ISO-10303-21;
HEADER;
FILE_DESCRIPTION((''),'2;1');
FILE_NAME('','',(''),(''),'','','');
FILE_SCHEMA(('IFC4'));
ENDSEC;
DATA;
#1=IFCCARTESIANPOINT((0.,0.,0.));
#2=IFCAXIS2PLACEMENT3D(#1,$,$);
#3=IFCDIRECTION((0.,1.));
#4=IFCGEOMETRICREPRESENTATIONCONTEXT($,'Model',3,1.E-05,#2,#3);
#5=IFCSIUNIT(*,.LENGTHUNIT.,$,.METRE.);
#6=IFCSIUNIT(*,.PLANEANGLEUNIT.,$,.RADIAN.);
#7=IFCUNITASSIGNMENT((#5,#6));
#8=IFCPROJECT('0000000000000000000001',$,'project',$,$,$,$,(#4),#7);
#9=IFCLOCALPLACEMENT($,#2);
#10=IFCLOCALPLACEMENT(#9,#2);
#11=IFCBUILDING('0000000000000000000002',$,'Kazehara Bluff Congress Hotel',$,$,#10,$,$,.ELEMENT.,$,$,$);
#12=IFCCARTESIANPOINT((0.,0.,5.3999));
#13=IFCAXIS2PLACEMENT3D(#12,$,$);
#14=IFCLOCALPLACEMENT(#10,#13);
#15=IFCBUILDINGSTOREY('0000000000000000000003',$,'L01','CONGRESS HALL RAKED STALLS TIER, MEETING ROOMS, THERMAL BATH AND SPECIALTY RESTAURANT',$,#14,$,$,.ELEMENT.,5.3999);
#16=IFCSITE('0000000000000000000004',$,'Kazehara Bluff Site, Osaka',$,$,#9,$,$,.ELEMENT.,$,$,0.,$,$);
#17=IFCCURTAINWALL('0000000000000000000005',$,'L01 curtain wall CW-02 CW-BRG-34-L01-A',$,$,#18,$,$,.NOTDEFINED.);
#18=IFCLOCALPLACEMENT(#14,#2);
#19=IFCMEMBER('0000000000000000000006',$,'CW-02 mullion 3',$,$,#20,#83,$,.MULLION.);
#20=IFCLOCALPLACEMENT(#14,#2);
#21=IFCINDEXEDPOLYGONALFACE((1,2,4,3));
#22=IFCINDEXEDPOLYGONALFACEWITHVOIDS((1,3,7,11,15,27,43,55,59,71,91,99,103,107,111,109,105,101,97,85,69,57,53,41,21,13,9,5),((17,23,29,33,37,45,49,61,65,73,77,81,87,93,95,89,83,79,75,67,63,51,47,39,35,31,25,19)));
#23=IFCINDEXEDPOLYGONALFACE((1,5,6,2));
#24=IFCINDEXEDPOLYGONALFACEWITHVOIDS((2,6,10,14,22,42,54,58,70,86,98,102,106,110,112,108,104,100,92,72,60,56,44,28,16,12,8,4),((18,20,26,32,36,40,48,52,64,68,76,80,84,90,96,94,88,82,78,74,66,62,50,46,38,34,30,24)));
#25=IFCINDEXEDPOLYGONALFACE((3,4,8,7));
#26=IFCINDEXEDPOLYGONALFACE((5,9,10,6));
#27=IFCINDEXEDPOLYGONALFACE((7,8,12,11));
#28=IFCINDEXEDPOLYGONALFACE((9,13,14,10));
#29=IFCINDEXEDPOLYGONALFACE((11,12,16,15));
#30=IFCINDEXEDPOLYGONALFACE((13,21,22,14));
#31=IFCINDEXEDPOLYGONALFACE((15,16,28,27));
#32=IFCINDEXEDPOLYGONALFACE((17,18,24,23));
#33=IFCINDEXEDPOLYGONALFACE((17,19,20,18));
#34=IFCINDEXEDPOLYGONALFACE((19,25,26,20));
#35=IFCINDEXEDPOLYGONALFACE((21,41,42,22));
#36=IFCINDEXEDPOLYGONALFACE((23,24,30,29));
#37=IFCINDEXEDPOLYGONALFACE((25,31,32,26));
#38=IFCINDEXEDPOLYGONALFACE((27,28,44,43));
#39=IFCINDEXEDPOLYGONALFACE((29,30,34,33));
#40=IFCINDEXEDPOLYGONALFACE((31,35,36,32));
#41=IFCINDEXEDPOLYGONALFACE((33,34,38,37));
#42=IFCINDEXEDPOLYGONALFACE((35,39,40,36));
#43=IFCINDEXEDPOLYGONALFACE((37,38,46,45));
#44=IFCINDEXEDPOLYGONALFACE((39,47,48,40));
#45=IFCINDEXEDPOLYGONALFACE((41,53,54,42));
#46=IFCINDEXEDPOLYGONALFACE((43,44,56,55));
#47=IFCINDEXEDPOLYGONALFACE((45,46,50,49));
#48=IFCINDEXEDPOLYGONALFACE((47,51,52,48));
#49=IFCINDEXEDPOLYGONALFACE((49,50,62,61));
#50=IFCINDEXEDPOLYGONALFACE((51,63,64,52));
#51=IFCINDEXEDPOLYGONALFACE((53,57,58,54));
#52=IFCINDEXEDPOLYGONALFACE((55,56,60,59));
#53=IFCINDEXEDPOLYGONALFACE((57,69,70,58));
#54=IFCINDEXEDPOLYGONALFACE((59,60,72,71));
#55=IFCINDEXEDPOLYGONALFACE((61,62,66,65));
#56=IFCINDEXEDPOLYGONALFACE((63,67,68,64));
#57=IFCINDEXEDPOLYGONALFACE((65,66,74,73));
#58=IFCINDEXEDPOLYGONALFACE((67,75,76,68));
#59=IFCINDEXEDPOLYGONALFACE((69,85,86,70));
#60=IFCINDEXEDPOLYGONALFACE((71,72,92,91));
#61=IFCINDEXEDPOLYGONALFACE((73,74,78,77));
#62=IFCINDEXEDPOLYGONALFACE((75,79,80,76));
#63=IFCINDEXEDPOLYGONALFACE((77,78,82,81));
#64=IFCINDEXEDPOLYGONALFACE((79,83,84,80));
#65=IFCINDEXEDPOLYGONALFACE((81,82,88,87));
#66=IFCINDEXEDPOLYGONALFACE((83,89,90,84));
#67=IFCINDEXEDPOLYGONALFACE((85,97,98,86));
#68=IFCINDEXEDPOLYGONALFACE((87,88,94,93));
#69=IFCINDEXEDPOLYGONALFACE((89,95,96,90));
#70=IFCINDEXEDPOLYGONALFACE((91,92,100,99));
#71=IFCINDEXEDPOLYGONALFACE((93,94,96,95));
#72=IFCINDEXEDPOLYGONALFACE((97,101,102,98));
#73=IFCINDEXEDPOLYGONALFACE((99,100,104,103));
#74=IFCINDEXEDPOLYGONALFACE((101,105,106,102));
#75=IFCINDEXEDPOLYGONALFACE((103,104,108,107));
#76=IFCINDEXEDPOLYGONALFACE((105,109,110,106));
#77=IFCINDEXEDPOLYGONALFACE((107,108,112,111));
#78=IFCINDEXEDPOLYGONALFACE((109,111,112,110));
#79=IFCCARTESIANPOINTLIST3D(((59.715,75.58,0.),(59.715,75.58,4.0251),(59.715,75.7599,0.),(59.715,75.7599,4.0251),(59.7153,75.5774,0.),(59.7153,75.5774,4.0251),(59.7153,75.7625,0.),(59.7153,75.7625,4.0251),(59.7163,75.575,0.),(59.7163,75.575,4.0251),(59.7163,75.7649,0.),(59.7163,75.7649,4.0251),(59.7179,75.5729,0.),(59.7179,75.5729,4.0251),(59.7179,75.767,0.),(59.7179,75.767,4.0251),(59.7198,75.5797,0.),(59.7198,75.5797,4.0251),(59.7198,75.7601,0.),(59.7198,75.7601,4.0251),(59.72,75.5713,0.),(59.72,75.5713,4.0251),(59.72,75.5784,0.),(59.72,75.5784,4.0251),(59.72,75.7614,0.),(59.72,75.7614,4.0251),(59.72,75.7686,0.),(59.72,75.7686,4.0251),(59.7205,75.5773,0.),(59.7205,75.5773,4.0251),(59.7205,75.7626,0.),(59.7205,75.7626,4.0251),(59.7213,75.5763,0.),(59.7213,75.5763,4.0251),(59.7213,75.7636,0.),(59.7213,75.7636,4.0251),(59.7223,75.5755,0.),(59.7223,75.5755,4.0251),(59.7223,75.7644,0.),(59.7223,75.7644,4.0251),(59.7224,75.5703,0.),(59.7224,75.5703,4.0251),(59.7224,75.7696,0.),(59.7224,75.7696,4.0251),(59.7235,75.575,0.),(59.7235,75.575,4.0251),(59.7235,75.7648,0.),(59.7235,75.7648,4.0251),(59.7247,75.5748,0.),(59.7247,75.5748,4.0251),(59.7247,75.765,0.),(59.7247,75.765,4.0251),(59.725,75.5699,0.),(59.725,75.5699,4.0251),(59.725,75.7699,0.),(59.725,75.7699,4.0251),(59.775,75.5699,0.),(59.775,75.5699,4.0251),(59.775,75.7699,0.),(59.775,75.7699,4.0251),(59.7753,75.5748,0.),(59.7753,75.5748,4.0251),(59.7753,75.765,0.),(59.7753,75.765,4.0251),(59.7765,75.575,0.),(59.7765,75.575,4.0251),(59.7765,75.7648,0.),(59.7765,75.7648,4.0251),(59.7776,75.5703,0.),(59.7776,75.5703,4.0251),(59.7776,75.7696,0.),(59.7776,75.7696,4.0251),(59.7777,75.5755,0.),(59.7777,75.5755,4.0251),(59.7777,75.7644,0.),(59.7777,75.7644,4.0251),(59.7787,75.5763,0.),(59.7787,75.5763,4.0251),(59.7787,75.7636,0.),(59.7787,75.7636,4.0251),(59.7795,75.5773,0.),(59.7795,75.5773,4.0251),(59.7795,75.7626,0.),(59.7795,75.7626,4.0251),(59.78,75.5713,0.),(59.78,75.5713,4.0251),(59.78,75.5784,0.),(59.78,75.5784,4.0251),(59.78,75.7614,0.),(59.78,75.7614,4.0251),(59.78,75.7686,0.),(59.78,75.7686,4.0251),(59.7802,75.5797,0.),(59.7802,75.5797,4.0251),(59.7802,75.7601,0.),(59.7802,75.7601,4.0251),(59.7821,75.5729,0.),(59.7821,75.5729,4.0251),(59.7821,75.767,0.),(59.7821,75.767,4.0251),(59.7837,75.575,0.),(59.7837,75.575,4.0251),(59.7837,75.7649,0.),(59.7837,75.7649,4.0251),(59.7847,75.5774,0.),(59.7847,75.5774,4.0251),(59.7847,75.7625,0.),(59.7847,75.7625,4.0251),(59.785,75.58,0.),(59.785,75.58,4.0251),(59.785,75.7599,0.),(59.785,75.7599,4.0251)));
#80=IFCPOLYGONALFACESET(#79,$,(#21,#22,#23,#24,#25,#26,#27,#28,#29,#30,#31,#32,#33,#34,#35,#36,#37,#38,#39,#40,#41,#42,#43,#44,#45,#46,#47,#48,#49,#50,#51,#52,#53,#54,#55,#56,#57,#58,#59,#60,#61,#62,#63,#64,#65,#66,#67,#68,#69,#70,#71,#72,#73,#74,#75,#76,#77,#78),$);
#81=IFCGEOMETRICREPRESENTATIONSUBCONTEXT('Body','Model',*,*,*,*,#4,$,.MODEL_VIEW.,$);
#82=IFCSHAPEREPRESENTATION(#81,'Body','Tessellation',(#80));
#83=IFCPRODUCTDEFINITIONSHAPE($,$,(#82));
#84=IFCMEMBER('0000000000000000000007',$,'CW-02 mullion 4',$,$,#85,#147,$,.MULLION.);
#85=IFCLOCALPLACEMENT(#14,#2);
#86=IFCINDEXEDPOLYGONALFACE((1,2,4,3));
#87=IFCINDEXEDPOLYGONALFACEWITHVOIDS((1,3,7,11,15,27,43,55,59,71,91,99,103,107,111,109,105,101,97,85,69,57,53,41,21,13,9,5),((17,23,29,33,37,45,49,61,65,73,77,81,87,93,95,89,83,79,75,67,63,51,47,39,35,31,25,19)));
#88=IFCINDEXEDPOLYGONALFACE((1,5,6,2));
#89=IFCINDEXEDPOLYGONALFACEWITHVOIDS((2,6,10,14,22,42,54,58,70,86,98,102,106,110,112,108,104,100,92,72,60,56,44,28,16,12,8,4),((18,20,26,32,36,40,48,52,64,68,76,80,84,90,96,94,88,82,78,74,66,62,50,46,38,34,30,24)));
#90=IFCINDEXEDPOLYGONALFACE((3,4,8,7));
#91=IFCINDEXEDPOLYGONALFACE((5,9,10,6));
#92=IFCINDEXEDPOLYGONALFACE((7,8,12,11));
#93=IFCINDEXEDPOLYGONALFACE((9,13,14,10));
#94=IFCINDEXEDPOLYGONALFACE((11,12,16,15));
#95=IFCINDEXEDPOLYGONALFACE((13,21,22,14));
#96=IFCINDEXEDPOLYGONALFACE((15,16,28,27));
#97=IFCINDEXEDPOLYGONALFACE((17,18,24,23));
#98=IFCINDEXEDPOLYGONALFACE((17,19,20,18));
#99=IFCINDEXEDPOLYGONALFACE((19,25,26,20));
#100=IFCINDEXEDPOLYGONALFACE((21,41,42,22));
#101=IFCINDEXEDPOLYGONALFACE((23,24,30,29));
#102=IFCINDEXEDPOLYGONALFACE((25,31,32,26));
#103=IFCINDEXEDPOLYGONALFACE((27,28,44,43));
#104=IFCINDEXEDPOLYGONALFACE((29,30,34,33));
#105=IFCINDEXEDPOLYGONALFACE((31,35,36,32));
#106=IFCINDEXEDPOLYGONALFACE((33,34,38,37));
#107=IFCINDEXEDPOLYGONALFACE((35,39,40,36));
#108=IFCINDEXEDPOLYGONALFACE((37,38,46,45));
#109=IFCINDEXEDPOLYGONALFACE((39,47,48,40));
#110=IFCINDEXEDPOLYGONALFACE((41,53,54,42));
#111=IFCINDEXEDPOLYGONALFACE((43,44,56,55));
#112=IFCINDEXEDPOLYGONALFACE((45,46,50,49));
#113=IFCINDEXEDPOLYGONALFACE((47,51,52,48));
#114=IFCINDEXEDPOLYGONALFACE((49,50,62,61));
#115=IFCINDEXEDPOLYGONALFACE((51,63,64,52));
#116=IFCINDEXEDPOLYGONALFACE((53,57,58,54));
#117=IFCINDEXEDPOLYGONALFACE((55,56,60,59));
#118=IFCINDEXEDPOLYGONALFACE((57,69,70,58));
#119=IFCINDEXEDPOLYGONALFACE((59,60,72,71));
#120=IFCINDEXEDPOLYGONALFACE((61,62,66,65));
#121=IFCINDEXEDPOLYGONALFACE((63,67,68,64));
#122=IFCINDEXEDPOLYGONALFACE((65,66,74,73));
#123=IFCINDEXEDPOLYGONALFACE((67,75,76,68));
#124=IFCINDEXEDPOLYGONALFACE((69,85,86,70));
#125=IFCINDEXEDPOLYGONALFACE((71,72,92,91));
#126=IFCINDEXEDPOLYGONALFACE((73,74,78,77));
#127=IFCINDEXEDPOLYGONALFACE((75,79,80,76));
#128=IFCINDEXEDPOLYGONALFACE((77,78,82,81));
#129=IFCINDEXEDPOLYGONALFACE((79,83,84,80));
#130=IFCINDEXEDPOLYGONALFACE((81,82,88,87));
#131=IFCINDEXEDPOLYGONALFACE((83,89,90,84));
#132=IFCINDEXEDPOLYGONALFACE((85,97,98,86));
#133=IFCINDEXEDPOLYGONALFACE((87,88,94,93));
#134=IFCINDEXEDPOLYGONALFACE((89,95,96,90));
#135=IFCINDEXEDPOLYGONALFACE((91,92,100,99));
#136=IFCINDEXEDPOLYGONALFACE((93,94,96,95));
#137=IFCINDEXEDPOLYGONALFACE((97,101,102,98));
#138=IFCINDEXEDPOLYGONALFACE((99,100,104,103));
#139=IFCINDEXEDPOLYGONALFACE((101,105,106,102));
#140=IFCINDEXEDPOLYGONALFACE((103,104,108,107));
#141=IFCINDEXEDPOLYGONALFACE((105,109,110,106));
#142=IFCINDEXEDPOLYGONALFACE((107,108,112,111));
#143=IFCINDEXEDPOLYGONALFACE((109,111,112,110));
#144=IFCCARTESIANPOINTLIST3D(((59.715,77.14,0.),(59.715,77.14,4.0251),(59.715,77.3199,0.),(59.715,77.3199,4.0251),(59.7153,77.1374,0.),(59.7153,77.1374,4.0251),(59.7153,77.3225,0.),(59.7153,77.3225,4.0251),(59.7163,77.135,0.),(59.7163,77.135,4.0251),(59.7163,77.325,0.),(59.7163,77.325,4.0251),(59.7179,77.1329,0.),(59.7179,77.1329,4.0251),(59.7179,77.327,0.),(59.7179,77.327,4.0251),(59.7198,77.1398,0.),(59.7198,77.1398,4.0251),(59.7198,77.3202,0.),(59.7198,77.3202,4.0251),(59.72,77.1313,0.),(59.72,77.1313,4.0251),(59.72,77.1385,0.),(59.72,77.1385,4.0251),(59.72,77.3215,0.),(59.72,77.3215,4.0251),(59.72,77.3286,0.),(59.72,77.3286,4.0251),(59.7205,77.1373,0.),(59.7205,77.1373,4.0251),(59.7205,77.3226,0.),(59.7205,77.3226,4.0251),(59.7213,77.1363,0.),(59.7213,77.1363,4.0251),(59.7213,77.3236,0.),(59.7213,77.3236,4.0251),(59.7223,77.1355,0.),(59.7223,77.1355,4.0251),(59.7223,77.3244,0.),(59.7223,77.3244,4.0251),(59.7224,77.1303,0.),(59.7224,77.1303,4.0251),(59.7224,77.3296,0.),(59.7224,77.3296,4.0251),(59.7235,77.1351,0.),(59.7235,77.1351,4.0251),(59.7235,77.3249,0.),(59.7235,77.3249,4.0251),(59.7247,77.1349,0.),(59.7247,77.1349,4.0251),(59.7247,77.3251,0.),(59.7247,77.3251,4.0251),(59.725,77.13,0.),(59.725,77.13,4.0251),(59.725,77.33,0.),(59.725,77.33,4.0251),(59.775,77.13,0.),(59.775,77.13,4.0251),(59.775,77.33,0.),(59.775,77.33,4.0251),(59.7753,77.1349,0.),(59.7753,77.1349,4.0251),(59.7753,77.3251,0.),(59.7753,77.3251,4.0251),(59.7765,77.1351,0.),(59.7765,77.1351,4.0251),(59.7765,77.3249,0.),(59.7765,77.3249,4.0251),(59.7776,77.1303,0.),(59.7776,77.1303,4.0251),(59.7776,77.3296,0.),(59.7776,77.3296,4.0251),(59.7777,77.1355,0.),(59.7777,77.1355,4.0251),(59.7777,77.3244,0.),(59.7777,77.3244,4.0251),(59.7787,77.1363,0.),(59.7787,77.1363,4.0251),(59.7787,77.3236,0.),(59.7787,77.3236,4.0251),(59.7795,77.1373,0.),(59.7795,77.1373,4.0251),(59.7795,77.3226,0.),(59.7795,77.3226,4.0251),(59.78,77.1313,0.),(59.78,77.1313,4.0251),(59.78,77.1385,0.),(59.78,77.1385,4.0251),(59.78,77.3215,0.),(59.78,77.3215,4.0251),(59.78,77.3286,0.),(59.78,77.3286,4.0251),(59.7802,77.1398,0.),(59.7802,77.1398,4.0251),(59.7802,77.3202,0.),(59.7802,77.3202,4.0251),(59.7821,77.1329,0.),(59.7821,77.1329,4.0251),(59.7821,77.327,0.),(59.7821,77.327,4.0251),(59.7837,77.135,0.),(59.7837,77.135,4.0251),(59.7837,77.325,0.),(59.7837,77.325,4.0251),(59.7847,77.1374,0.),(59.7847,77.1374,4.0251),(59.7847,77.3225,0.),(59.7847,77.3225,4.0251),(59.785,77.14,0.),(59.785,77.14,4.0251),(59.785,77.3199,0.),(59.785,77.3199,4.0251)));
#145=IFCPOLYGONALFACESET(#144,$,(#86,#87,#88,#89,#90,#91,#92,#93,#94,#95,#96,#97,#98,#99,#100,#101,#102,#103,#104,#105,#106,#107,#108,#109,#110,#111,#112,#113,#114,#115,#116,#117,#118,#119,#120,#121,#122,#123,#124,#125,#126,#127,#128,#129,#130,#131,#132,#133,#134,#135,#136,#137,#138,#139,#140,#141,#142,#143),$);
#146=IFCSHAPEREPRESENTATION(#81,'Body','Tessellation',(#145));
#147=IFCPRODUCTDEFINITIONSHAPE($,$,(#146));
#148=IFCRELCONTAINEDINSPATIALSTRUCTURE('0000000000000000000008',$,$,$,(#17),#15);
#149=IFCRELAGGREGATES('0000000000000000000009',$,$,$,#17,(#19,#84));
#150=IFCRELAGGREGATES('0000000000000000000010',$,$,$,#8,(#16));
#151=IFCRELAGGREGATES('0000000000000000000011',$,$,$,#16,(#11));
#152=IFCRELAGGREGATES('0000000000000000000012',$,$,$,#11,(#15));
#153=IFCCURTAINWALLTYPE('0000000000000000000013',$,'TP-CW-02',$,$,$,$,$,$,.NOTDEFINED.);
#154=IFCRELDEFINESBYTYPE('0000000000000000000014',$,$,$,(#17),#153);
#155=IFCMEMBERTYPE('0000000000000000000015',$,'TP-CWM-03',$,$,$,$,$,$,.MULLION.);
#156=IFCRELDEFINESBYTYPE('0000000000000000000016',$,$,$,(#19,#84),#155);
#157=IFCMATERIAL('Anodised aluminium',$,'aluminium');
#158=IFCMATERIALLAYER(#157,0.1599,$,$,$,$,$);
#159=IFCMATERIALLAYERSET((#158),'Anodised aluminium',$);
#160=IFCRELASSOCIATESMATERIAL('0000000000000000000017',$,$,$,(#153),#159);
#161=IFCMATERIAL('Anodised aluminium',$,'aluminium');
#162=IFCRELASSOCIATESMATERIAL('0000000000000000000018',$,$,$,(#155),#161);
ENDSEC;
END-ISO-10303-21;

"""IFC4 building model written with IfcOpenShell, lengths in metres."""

from ifc_helpers import new_model, si_unit, direction, frame, origin, origin_2d, place, context, subcontext, project, spatial, hollow_rectangle, extrude, material, layer, layer_set, material_profile, profile_set, type_object, element, aggregate, save


model = new_model("IFC4")

# Units and contexts
model_context = context("Model", 3, precision=1e-05, world=origin(), true_north=direction((0.0, 1.0)))
body_context = subcontext(model_context, "Body", "Model", "MODEL_VIEW")
ifc_project = project(units=[si_unit("LENGTHUNIT", "METRE"), si_unit("PLANEANGLEUNIT", "RADIAN")], contexts=[model_context])

# Site, building, storey
site_placement = place(None, origin())
site = spatial("IfcSite", under=ifc_project, at=site_placement, Name="Kazehara Bluff Site, Osaka", CompositionType="ELEMENT", RefElevation=0.0)
building_placement = place(site_placement, origin())
building = spatial("IfcBuilding", under=site, at=building_placement, Name="Kazehara Bluff Congress Hotel", CompositionType="ELEMENT")
storey_placement = place(building_placement, frame((0.0, 0.0, 5.3999)))
storey = spatial("IfcBuildingStorey", under=building, at=storey_placement, Name="L01", Description="CONGRESS HALL RAKED STALLS TIER, MEETING ROOMS, THERMAL BATH AND SPECIALTY RESTAURANT", CompositionType="ELEMENT", Elevation=5.3999)

# Curtain wall, members
ifc_material_1 = material(Name="Anodised aluminium", Category="aluminium")
ifc_layer_1 = layer(ifc_material_1, 0.1599)
ifc_layer_set_1 = layer_set([ifc_layer_1], Name="Anodised aluminium")
curtain_wall_type = type_object("IfcCurtainWallType", Name="TP-CW-02", PredefinedType="NOTDEFINED", material=ifc_layer_set_1)
curtain_wall_placement = place(storey_placement, origin())
curtain_wall = element("IfcCurtainWall", 1, at=curtain_wall_placement, inside=storey, type_object=curtain_wall_type, Name="L01 curtain wall CW-02 CW-BRG-34-L01-A", PredefinedType="NOTDEFINED")
ifc_material_2 = material(Name="Anodised aluminium", Category="aluminium")
ifc_material_profile_1 = material_profile(ifc_material_2, hollow_rectangle(XDim=0.0701, YDim=0.2, WallThickness=0.0049, InnerFilletRadius=0.0049, OuterFilletRadius=0.01, at=origin_2d()))
ifc_profile_set_1 = profile_set([ifc_material_profile_1], Name="Anodised aluminium")
member_type_1 = type_object("IfcMemberType", Name="TP-CWM-03", PredefinedType="MULLION", material=ifc_profile_set_1)
member_1_placement = place(storey_placement, frame((59.75, 75.6699, 0.0), z_axis=(0.0, 0.0, 1.0), x_axis=(-1.0, 0.0, 0.0)))
member_1 = element("IfcMember", 2, at=member_1_placement, type_object=member_type_1, Name="CW-02 mullion 3", PredefinedType="MULLION", context=body_context, shape_type="SweptSolid", body=[
    extrude(hollow_rectangle(XDim=0.0701, YDim=0.2, WallThickness=0.0049, InnerFilletRadius=0.0049, OuterFilletRadius=0.01, at=origin_2d()), origin(), (0.0, 0.0, 1.0), 4.0251),
])
member_2_placement = place(storey_placement, frame((59.75, 77.23, 0.0), z_axis=(0.0, 0.0, 1.0), x_axis=(-1.0, 0.0, 0.0)))
member_2 = element("IfcMember", 3, at=member_2_placement, type_object=member_type_1, Name="CW-02 mullion 4", PredefinedType="MULLION", context=body_context, shape_type="SweptSolid", body=[
    extrude(hollow_rectangle(XDim=0.0701, YDim=0.2, WallThickness=0.0049, InnerFilletRadius=0.0049, OuterFilletRadius=0.01, at=origin_2d()), origin(), (0.0, 0.0, 1.0), 4.0251),
])

aggregate(curtain_wall, [member_1, member_2])

save(model, "model.ifc")
